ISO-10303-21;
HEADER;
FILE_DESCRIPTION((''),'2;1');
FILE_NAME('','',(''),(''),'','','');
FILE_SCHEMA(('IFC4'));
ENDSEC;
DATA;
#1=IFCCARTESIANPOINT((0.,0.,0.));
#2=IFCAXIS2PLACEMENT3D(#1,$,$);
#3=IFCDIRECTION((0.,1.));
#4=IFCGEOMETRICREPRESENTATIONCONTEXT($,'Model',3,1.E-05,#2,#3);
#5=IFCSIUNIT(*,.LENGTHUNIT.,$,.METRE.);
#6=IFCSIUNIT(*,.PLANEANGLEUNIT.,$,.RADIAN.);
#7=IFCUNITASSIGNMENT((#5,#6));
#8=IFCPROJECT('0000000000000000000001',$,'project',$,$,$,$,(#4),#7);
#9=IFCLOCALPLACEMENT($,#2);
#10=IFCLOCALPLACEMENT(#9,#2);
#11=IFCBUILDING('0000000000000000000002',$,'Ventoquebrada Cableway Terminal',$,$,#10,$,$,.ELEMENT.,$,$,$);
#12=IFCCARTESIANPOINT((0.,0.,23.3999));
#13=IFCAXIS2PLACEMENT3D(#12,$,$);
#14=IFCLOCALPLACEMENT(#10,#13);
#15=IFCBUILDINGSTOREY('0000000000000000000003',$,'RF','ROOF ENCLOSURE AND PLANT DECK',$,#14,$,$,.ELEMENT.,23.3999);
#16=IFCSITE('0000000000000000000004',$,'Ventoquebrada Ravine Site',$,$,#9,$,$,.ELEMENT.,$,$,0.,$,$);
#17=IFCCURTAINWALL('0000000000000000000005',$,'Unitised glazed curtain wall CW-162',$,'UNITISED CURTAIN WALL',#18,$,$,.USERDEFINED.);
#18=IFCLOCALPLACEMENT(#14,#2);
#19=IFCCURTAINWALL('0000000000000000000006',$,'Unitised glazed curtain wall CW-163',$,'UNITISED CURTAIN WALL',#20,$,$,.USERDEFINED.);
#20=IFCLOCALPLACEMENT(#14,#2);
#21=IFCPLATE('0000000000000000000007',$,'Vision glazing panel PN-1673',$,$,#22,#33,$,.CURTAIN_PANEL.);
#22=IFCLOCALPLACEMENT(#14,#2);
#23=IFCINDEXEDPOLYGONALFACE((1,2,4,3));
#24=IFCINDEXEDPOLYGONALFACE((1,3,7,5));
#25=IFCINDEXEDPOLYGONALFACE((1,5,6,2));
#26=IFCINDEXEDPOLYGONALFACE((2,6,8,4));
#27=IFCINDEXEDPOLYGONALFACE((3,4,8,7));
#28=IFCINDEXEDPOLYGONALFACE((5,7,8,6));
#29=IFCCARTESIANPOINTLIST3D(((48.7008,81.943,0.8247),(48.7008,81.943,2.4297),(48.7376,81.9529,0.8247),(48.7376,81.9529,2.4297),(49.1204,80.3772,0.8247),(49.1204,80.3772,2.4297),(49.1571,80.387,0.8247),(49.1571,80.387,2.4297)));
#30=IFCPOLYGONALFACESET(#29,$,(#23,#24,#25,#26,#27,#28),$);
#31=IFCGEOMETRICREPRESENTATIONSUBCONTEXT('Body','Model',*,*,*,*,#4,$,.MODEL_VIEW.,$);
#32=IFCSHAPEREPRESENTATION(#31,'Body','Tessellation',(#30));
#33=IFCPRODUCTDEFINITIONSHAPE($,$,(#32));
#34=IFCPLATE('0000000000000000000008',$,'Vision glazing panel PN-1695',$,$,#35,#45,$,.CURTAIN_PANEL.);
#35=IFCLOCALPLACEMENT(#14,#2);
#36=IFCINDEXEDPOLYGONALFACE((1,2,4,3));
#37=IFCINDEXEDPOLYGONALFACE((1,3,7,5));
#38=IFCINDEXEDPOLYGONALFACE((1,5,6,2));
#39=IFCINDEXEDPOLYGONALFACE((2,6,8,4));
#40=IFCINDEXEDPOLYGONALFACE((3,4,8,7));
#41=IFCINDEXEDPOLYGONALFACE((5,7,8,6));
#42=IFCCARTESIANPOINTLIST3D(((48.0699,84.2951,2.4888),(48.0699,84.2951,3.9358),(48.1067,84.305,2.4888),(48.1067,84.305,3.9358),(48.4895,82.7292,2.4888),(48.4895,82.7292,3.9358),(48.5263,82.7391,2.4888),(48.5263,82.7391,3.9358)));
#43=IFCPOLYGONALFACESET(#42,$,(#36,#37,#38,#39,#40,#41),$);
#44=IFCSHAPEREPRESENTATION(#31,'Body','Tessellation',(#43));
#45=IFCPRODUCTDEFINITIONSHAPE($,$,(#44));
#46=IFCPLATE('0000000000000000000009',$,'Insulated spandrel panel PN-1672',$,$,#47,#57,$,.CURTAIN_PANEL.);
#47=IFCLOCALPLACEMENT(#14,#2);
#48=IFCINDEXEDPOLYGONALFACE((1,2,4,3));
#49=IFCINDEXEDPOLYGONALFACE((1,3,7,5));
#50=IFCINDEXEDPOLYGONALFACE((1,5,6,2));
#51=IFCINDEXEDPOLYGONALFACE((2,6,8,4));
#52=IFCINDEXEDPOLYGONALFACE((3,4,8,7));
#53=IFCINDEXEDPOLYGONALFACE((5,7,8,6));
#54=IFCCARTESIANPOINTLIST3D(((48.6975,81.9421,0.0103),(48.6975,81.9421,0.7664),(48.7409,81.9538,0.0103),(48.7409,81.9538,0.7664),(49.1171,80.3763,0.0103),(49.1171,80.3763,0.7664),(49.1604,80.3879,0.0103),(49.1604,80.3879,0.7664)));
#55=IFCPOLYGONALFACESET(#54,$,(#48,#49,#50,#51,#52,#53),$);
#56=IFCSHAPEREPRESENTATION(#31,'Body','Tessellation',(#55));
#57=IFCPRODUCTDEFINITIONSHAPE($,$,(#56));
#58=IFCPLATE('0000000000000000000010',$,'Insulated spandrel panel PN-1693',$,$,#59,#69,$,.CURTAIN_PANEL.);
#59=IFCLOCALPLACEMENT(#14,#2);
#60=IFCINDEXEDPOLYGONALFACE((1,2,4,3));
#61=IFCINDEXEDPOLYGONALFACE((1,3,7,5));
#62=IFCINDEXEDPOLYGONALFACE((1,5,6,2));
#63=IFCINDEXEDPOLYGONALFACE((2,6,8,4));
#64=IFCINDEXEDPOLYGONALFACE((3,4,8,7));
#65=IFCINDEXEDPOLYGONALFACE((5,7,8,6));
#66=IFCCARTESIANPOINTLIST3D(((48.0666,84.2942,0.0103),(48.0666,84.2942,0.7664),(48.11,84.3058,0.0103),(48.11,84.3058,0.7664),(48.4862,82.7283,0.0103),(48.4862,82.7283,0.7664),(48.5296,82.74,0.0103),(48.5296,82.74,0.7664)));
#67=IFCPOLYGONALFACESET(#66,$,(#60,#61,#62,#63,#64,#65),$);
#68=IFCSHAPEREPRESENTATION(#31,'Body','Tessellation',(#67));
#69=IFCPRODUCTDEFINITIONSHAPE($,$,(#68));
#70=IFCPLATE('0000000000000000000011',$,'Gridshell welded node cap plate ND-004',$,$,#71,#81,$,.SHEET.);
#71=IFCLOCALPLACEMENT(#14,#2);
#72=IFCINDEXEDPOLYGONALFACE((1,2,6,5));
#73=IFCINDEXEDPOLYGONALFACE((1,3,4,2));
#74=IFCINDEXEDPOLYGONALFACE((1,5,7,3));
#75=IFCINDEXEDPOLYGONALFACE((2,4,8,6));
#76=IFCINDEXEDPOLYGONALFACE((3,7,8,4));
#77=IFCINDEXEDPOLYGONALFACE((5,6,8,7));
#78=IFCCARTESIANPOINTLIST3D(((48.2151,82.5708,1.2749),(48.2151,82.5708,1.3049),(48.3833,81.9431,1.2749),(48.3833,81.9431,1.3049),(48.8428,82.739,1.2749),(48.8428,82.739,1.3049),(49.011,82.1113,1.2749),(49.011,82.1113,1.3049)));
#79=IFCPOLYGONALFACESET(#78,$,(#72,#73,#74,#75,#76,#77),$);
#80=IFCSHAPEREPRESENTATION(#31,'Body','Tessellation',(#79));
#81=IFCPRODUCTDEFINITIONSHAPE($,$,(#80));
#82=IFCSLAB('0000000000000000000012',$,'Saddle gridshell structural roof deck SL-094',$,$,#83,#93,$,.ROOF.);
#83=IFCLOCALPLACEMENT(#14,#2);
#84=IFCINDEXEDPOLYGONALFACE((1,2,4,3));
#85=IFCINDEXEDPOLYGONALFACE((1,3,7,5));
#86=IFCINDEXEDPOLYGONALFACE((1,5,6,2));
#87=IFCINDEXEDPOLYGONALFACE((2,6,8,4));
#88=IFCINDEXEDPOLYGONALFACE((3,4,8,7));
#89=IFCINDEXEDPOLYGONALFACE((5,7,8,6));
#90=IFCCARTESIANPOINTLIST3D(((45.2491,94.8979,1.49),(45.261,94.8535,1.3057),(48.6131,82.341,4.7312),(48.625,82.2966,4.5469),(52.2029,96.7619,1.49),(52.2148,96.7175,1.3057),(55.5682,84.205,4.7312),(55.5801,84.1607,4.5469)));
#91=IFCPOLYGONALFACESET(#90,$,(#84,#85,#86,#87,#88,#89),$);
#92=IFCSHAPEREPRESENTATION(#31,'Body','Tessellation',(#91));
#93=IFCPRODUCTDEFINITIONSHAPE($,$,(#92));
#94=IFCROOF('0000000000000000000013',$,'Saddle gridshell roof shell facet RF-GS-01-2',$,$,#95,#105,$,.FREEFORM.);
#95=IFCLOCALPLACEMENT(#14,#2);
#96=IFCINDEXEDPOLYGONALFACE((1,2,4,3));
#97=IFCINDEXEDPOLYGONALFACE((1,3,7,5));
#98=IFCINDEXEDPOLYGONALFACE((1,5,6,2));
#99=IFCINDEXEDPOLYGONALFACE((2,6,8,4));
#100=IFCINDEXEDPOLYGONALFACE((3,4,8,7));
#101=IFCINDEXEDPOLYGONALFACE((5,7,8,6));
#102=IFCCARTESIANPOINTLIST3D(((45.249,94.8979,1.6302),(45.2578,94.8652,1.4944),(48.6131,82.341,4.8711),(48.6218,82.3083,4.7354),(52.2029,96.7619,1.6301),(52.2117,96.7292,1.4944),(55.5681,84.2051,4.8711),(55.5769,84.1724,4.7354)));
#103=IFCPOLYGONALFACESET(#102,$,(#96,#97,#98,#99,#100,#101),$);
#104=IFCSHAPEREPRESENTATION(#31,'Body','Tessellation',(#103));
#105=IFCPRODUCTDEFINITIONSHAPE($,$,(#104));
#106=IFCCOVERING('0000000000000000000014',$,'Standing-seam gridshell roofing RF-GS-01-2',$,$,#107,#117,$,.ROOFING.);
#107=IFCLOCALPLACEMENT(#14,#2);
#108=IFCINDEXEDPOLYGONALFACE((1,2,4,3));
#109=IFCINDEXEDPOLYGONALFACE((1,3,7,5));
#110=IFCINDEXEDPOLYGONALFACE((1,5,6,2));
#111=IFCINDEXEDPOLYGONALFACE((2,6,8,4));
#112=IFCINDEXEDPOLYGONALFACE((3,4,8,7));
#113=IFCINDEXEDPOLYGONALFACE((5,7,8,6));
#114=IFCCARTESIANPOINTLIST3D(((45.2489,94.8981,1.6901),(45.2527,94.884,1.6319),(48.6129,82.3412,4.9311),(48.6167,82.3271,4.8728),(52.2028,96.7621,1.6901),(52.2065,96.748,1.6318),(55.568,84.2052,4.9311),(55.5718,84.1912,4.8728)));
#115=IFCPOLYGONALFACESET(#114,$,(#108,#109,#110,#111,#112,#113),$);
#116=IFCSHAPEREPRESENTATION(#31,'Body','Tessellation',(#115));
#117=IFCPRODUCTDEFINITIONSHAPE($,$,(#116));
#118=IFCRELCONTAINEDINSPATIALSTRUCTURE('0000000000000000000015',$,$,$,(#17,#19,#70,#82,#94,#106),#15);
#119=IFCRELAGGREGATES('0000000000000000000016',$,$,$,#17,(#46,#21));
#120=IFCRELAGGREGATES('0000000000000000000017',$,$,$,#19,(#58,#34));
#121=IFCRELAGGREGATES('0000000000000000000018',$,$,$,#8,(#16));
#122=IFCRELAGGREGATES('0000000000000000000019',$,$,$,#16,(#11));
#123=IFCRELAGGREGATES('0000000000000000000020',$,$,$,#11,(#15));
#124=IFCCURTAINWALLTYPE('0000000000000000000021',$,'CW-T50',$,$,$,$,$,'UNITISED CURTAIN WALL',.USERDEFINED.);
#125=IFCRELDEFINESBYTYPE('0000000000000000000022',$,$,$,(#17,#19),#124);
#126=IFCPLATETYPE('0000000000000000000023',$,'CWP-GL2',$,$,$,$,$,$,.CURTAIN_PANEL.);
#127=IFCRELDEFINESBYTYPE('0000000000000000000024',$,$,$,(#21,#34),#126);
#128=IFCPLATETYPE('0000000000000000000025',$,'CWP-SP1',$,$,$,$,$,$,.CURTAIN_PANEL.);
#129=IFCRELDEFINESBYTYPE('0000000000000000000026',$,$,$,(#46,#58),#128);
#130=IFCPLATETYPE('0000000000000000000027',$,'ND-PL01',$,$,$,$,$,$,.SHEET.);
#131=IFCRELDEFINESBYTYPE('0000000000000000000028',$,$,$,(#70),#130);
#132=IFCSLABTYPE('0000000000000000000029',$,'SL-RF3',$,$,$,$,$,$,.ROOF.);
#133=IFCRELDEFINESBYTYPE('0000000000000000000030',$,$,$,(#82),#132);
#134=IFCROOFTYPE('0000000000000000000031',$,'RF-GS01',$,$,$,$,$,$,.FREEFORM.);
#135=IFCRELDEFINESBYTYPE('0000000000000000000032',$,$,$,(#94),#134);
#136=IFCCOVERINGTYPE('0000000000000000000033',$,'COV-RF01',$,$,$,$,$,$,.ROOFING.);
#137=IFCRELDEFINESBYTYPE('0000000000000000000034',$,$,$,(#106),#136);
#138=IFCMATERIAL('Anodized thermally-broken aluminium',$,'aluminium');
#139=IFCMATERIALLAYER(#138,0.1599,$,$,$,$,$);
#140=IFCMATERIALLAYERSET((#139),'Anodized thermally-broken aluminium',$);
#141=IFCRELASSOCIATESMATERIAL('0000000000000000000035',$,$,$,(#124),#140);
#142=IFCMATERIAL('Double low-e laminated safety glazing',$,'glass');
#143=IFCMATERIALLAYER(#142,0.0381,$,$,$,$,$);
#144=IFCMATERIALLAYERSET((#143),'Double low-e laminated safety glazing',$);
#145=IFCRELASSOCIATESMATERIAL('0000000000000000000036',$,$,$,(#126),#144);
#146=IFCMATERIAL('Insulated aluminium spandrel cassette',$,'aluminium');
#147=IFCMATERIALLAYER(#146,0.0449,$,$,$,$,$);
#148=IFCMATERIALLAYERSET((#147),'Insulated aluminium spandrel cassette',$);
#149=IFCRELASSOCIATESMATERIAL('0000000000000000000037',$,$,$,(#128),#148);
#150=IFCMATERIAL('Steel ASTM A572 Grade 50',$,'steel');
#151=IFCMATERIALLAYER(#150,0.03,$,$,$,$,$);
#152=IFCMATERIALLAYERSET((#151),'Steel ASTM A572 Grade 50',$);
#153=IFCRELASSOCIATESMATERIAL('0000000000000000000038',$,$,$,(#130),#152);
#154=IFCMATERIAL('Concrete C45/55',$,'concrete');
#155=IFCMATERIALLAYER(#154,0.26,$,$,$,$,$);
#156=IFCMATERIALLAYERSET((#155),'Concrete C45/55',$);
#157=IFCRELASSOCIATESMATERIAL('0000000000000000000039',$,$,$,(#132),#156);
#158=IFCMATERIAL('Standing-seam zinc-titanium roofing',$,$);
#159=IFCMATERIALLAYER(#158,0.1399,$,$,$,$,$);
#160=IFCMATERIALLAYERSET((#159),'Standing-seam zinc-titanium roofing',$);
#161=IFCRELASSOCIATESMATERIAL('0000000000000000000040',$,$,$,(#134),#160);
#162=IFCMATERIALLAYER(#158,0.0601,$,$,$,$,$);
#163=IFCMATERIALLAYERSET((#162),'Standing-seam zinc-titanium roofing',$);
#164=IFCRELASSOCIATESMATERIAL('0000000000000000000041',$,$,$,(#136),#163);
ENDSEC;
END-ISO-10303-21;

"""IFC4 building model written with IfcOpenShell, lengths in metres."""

from ifc_helpers import new_model, si_unit, direction, frame, origin, origin_2d, place, context, subcontext, project, spatial, polyline, rectangle, outline, extrude, material, layer, layer_set, type_object, element, aggregate, save


model = new_model("IFC4")

# Units and contexts
model_context = context("Model", 3, precision=1e-05, world=origin(), true_north=direction((0.0, 1.0)))
body_context = subcontext(model_context, "Body", "Model", "MODEL_VIEW")
ifc_project = project(units=[si_unit("LENGTHUNIT", "METRE"), si_unit("PLANEANGLEUNIT", "RADIAN")], contexts=[model_context])

# Site, building, storey
site_placement = place(None, origin())
site = spatial("IfcSite", under=ifc_project, at=site_placement, Name="Ventoquebrada Ravine Site", CompositionType="ELEMENT", RefElevation=0.0)
building_placement = place(site_placement, origin())
building = spatial("IfcBuilding", under=site, at=building_placement, Name="Ventoquebrada Cableway Terminal", CompositionType="ELEMENT")
storey_placement = place(building_placement, frame((0.0, 0.0, 23.3999)))
storey = spatial("IfcBuildingStorey", under=building, at=storey_placement, Name="RF", Description="ROOF ENCLOSURE AND PLANT DECK", CompositionType="ELEMENT", Elevation=23.3999)

# Curtain walls
ifc_material_1 = material(Name="Anodized thermally-broken aluminium", Category="aluminium")
ifc_layer_1 = layer(ifc_material_1, 0.1599)
ifc_layer_set_1 = layer_set([ifc_layer_1], Name="Anodized thermally-broken aluminium")
curtain_wall_type = type_object("IfcCurtainWallType", Name="CW-T50", ElementType="UNITISED CURTAIN WALL", PredefinedType="USERDEFINED", material=ifc_layer_set_1)
curtain_wall_1_placement = place(storey_placement, origin())
curtain_wall_1 = element("IfcCurtainWall", 1, at=curtain_wall_1_placement, inside=storey, type_object=curtain_wall_type, Name="Unitised glazed curtain wall CW-162", ObjectType="UNITISED CURTAIN WALL", PredefinedType="USERDEFINED")
curtain_wall_2_placement = place(storey_placement, origin())
curtain_wall_2 = element("IfcCurtainWall", 2, at=curtain_wall_2_placement, inside=storey, type_object=curtain_wall_type, Name="Unitised glazed curtain wall CW-163", ObjectType="UNITISED CURTAIN WALL", PredefinedType="USERDEFINED")

# Plates
ifc_material_2 = material(Name="Double low-e laminated safety glazing", Category="glass")
ifc_layer_2 = layer(ifc_material_2, 0.0381)
ifc_layer_set_2 = layer_set([ifc_layer_2], Name="Double low-e laminated safety glazing")
plate_type_1 = type_object("IfcPlateType", Name="CWP-GL2", PredefinedType="CURTAIN_PANEL", material=ifc_layer_set_2)
plate_1_placement = place(storey_placement, frame((48.929, 81.165, 0.8247), z_axis=(0.0, 0.0, 1.0), x_axis=(0.258836, -0.965921, 0.0)))
plate_1 = element("IfcPlate", 3, at=plate_1_placement, type_object=plate_type_1, Name="Vision glazing panel PN-1673", PredefinedType="CURTAIN_PANEL", context=body_context, shape_type="SweptSolid", body=[
    extrude(rectangle(XDim=1.6211, YDim=0.0381, at=origin_2d()), origin(), (0.0, 0.0, 1.0), 1.605),
])
plate_2_placement = place(storey_placement, frame((48.2981, 83.5171, 2.4888), z_axis=(0.0, 0.0, 1.0), x_axis=(0.258802, -0.96593, 0.0)))
plate_2 = element("IfcPlate", 4, at=plate_2_placement, type_object=plate_type_1, Name="Vision glazing panel PN-1695", PredefinedType="CURTAIN_PANEL", context=body_context, shape_type="SweptSolid", body=[
    extrude(rectangle(XDim=1.6211, YDim=0.0381, at=origin_2d()), origin(), (0.0, 0.0, 1.0), 1.447),
])
ifc_material_3 = material(Name="Insulated aluminium spandrel cassette", Category="aluminium")
ifc_layer_3 = layer(ifc_material_3, 0.0449)
ifc_layer_set_3 = layer_set([ifc_layer_3], Name="Insulated aluminium spandrel cassette")
plate_type_2 = type_object("IfcPlateType", Name="CWP-SP1", PredefinedType="CURTAIN_PANEL", material=ifc_layer_set_3)
plate_3_placement = place(storey_placement, frame((48.929, 81.165, 0.0103), z_axis=(0.0, 0.0, 1.0), x_axis=(0.258836, -0.965921, 0.0)))
plate_3 = element("IfcPlate", 5, at=plate_3_placement, type_object=plate_type_2, Name="Insulated spandrel panel PN-1672", PredefinedType="CURTAIN_PANEL", context=body_context, shape_type="SweptSolid", body=[
    extrude(rectangle(XDim=1.6211, YDim=0.0449, at=origin_2d()), origin(), (0.0, 0.0, 1.0), 0.7561),
])
aggregate(curtain_wall_1, [plate_3, plate_1])
plate_4_placement = place(storey_placement, frame((48.2981, 83.5171, 0.0103), z_axis=(0.0, 0.0, 1.0), x_axis=(0.258802, -0.96593, 0.0)))
plate_4 = element("IfcPlate", 6, at=plate_4_placement, type_object=plate_type_2, Name="Insulated spandrel panel PN-1693", PredefinedType="CURTAIN_PANEL", context=body_context, shape_type="SweptSolid", body=[
    extrude(rectangle(XDim=1.6211, YDim=0.0449, at=origin_2d()), origin(), (0.0, 0.0, 1.0), 0.7561),
])
aggregate(curtain_wall_2, [plate_4, plate_2])
ifc_material_4 = material(Name="Steel ASTM A572 Grade 50", Category="steel")
ifc_layer_4 = layer(ifc_material_4, 0.03)
ifc_layer_set_4 = layer_set([ifc_layer_4], Name="Steel ASTM A572 Grade 50")
plate_type_3 = type_object("IfcPlateType", Name="ND-PL01", PredefinedType="SHEET", material=ifc_layer_set_4)
plate_5_placement = place(storey_placement, frame((48.613, 82.3411, 1.2749), z_axis=(0.0, 0.0, 1.0), x_axis=(0.965926, 0.258819, 0.0)))
element("IfcPlate", 7, at=plate_5_placement, inside=storey, type_object=plate_type_3, Name="Gridshell welded node cap plate ND-004", PredefinedType="SHEET", context=body_context, shape_type="SweptSolid", body=[
    extrude(rectangle(XDim=0.6499, YDim=0.6499, at=origin_2d()), origin(), (0.0, 0.0, 1.0), 0.03),
])

# Slab
ifc_material_5 = material(Name="Concrete C45/55", Category="concrete")
ifc_layer_5 = layer(ifc_material_5, 0.26)
ifc_layer_set_5 = layer_set([ifc_layer_5], Name="Concrete C45/55")
slab_type = type_object("IfcSlabType", Name="SL-RF3", PredefinedType="ROOF", material=ifc_layer_set_5)
slab_placement = place(storey_placement, frame((48.625, 82.2966, 4.5469), z_axis=(-0.062632, 0.233673, 0.970296), x_axis=(0.965911, 0.258873, 0.000005)))
element("IfcSlab", 8, at=slab_placement, inside=storey, type_object=slab_type, Name="Saddle gridshell structural roof deck SL-094", PredefinedType="ROOF", context=body_context, shape_type="SweptSolid", body=[
    extrude(outline(polyline([(0.0, 0.0), (7.2005, 0.0), (7.2006, 13.398), (0.0013, 13.3977), (0.0, 0.0)])), origin(), (0.0, 0.0, 1.0), 0.1899),
])

# Roof
ifc_material_6 = material(Name="Standing-seam zinc-titanium roofing")
ifc_layer_6 = layer(ifc_material_6, 0.1399)
ifc_layer_set_6 = layer_set([ifc_layer_6], Name="Standing-seam zinc-titanium roofing")
roof_type = type_object("IfcRoofType", Name="RF-GS01", PredefinedType="FREEFORM", material=ifc_layer_set_6)
roof_placement = place(storey_placement, frame((48.6218, 82.3083, 4.7354), z_axis=(-0.062627, 0.233656, 0.9703), x_axis=(0.965911, 0.258873, 0.000005)))
element("IfcRoof", 9, at=roof_placement, inside=storey, type_object=roof_type, Name="Saddle gridshell roof shell facet RF-GS-01-2", PredefinedType="FREEFORM", context=body_context, shape_type="SweptSolid", body=[
    extrude(outline(polyline([(0.0, 0.0), (7.2005, 0.0), (7.2006, 13.3979), (0.0013, 13.3976), (0.0, 0.0)])), origin(), (0.0, 0.0, 1.0), 0.1399),
])

# Covering
ifc_layer_7 = layer(ifc_material_6, 0.0601)
ifc_layer_set_7 = layer_set([ifc_layer_7], Name="Standing-seam zinc-titanium roofing")
covering_type = type_object("IfcCoveringType", Name="COV-RF01", PredefinedType="ROOFING", material=ifc_layer_set_7)
covering_placement = place(storey_placement, frame((48.6167, 82.3271, 4.8728), z_axis=(-0.062627, 0.233656, 0.9703), x_axis=(0.965911, 0.258873, 0.000005)))
element("IfcCovering", 10, at=covering_placement, inside=storey, type_object=covering_type, Name="Standing-seam gridshell roofing RF-GS-01-2", PredefinedType="ROOFING", context=body_context, shape_type="SweptSolid", body=[
    extrude(outline(polyline([(0.0, 0.0), (7.2005, 0.0), (7.2006, 13.3979), (0.0013, 13.3976), (0.0, 0.0)])), origin(), (0.0, 0.0, 1.0), 0.0601),
])

save(model, "model.ifc")
